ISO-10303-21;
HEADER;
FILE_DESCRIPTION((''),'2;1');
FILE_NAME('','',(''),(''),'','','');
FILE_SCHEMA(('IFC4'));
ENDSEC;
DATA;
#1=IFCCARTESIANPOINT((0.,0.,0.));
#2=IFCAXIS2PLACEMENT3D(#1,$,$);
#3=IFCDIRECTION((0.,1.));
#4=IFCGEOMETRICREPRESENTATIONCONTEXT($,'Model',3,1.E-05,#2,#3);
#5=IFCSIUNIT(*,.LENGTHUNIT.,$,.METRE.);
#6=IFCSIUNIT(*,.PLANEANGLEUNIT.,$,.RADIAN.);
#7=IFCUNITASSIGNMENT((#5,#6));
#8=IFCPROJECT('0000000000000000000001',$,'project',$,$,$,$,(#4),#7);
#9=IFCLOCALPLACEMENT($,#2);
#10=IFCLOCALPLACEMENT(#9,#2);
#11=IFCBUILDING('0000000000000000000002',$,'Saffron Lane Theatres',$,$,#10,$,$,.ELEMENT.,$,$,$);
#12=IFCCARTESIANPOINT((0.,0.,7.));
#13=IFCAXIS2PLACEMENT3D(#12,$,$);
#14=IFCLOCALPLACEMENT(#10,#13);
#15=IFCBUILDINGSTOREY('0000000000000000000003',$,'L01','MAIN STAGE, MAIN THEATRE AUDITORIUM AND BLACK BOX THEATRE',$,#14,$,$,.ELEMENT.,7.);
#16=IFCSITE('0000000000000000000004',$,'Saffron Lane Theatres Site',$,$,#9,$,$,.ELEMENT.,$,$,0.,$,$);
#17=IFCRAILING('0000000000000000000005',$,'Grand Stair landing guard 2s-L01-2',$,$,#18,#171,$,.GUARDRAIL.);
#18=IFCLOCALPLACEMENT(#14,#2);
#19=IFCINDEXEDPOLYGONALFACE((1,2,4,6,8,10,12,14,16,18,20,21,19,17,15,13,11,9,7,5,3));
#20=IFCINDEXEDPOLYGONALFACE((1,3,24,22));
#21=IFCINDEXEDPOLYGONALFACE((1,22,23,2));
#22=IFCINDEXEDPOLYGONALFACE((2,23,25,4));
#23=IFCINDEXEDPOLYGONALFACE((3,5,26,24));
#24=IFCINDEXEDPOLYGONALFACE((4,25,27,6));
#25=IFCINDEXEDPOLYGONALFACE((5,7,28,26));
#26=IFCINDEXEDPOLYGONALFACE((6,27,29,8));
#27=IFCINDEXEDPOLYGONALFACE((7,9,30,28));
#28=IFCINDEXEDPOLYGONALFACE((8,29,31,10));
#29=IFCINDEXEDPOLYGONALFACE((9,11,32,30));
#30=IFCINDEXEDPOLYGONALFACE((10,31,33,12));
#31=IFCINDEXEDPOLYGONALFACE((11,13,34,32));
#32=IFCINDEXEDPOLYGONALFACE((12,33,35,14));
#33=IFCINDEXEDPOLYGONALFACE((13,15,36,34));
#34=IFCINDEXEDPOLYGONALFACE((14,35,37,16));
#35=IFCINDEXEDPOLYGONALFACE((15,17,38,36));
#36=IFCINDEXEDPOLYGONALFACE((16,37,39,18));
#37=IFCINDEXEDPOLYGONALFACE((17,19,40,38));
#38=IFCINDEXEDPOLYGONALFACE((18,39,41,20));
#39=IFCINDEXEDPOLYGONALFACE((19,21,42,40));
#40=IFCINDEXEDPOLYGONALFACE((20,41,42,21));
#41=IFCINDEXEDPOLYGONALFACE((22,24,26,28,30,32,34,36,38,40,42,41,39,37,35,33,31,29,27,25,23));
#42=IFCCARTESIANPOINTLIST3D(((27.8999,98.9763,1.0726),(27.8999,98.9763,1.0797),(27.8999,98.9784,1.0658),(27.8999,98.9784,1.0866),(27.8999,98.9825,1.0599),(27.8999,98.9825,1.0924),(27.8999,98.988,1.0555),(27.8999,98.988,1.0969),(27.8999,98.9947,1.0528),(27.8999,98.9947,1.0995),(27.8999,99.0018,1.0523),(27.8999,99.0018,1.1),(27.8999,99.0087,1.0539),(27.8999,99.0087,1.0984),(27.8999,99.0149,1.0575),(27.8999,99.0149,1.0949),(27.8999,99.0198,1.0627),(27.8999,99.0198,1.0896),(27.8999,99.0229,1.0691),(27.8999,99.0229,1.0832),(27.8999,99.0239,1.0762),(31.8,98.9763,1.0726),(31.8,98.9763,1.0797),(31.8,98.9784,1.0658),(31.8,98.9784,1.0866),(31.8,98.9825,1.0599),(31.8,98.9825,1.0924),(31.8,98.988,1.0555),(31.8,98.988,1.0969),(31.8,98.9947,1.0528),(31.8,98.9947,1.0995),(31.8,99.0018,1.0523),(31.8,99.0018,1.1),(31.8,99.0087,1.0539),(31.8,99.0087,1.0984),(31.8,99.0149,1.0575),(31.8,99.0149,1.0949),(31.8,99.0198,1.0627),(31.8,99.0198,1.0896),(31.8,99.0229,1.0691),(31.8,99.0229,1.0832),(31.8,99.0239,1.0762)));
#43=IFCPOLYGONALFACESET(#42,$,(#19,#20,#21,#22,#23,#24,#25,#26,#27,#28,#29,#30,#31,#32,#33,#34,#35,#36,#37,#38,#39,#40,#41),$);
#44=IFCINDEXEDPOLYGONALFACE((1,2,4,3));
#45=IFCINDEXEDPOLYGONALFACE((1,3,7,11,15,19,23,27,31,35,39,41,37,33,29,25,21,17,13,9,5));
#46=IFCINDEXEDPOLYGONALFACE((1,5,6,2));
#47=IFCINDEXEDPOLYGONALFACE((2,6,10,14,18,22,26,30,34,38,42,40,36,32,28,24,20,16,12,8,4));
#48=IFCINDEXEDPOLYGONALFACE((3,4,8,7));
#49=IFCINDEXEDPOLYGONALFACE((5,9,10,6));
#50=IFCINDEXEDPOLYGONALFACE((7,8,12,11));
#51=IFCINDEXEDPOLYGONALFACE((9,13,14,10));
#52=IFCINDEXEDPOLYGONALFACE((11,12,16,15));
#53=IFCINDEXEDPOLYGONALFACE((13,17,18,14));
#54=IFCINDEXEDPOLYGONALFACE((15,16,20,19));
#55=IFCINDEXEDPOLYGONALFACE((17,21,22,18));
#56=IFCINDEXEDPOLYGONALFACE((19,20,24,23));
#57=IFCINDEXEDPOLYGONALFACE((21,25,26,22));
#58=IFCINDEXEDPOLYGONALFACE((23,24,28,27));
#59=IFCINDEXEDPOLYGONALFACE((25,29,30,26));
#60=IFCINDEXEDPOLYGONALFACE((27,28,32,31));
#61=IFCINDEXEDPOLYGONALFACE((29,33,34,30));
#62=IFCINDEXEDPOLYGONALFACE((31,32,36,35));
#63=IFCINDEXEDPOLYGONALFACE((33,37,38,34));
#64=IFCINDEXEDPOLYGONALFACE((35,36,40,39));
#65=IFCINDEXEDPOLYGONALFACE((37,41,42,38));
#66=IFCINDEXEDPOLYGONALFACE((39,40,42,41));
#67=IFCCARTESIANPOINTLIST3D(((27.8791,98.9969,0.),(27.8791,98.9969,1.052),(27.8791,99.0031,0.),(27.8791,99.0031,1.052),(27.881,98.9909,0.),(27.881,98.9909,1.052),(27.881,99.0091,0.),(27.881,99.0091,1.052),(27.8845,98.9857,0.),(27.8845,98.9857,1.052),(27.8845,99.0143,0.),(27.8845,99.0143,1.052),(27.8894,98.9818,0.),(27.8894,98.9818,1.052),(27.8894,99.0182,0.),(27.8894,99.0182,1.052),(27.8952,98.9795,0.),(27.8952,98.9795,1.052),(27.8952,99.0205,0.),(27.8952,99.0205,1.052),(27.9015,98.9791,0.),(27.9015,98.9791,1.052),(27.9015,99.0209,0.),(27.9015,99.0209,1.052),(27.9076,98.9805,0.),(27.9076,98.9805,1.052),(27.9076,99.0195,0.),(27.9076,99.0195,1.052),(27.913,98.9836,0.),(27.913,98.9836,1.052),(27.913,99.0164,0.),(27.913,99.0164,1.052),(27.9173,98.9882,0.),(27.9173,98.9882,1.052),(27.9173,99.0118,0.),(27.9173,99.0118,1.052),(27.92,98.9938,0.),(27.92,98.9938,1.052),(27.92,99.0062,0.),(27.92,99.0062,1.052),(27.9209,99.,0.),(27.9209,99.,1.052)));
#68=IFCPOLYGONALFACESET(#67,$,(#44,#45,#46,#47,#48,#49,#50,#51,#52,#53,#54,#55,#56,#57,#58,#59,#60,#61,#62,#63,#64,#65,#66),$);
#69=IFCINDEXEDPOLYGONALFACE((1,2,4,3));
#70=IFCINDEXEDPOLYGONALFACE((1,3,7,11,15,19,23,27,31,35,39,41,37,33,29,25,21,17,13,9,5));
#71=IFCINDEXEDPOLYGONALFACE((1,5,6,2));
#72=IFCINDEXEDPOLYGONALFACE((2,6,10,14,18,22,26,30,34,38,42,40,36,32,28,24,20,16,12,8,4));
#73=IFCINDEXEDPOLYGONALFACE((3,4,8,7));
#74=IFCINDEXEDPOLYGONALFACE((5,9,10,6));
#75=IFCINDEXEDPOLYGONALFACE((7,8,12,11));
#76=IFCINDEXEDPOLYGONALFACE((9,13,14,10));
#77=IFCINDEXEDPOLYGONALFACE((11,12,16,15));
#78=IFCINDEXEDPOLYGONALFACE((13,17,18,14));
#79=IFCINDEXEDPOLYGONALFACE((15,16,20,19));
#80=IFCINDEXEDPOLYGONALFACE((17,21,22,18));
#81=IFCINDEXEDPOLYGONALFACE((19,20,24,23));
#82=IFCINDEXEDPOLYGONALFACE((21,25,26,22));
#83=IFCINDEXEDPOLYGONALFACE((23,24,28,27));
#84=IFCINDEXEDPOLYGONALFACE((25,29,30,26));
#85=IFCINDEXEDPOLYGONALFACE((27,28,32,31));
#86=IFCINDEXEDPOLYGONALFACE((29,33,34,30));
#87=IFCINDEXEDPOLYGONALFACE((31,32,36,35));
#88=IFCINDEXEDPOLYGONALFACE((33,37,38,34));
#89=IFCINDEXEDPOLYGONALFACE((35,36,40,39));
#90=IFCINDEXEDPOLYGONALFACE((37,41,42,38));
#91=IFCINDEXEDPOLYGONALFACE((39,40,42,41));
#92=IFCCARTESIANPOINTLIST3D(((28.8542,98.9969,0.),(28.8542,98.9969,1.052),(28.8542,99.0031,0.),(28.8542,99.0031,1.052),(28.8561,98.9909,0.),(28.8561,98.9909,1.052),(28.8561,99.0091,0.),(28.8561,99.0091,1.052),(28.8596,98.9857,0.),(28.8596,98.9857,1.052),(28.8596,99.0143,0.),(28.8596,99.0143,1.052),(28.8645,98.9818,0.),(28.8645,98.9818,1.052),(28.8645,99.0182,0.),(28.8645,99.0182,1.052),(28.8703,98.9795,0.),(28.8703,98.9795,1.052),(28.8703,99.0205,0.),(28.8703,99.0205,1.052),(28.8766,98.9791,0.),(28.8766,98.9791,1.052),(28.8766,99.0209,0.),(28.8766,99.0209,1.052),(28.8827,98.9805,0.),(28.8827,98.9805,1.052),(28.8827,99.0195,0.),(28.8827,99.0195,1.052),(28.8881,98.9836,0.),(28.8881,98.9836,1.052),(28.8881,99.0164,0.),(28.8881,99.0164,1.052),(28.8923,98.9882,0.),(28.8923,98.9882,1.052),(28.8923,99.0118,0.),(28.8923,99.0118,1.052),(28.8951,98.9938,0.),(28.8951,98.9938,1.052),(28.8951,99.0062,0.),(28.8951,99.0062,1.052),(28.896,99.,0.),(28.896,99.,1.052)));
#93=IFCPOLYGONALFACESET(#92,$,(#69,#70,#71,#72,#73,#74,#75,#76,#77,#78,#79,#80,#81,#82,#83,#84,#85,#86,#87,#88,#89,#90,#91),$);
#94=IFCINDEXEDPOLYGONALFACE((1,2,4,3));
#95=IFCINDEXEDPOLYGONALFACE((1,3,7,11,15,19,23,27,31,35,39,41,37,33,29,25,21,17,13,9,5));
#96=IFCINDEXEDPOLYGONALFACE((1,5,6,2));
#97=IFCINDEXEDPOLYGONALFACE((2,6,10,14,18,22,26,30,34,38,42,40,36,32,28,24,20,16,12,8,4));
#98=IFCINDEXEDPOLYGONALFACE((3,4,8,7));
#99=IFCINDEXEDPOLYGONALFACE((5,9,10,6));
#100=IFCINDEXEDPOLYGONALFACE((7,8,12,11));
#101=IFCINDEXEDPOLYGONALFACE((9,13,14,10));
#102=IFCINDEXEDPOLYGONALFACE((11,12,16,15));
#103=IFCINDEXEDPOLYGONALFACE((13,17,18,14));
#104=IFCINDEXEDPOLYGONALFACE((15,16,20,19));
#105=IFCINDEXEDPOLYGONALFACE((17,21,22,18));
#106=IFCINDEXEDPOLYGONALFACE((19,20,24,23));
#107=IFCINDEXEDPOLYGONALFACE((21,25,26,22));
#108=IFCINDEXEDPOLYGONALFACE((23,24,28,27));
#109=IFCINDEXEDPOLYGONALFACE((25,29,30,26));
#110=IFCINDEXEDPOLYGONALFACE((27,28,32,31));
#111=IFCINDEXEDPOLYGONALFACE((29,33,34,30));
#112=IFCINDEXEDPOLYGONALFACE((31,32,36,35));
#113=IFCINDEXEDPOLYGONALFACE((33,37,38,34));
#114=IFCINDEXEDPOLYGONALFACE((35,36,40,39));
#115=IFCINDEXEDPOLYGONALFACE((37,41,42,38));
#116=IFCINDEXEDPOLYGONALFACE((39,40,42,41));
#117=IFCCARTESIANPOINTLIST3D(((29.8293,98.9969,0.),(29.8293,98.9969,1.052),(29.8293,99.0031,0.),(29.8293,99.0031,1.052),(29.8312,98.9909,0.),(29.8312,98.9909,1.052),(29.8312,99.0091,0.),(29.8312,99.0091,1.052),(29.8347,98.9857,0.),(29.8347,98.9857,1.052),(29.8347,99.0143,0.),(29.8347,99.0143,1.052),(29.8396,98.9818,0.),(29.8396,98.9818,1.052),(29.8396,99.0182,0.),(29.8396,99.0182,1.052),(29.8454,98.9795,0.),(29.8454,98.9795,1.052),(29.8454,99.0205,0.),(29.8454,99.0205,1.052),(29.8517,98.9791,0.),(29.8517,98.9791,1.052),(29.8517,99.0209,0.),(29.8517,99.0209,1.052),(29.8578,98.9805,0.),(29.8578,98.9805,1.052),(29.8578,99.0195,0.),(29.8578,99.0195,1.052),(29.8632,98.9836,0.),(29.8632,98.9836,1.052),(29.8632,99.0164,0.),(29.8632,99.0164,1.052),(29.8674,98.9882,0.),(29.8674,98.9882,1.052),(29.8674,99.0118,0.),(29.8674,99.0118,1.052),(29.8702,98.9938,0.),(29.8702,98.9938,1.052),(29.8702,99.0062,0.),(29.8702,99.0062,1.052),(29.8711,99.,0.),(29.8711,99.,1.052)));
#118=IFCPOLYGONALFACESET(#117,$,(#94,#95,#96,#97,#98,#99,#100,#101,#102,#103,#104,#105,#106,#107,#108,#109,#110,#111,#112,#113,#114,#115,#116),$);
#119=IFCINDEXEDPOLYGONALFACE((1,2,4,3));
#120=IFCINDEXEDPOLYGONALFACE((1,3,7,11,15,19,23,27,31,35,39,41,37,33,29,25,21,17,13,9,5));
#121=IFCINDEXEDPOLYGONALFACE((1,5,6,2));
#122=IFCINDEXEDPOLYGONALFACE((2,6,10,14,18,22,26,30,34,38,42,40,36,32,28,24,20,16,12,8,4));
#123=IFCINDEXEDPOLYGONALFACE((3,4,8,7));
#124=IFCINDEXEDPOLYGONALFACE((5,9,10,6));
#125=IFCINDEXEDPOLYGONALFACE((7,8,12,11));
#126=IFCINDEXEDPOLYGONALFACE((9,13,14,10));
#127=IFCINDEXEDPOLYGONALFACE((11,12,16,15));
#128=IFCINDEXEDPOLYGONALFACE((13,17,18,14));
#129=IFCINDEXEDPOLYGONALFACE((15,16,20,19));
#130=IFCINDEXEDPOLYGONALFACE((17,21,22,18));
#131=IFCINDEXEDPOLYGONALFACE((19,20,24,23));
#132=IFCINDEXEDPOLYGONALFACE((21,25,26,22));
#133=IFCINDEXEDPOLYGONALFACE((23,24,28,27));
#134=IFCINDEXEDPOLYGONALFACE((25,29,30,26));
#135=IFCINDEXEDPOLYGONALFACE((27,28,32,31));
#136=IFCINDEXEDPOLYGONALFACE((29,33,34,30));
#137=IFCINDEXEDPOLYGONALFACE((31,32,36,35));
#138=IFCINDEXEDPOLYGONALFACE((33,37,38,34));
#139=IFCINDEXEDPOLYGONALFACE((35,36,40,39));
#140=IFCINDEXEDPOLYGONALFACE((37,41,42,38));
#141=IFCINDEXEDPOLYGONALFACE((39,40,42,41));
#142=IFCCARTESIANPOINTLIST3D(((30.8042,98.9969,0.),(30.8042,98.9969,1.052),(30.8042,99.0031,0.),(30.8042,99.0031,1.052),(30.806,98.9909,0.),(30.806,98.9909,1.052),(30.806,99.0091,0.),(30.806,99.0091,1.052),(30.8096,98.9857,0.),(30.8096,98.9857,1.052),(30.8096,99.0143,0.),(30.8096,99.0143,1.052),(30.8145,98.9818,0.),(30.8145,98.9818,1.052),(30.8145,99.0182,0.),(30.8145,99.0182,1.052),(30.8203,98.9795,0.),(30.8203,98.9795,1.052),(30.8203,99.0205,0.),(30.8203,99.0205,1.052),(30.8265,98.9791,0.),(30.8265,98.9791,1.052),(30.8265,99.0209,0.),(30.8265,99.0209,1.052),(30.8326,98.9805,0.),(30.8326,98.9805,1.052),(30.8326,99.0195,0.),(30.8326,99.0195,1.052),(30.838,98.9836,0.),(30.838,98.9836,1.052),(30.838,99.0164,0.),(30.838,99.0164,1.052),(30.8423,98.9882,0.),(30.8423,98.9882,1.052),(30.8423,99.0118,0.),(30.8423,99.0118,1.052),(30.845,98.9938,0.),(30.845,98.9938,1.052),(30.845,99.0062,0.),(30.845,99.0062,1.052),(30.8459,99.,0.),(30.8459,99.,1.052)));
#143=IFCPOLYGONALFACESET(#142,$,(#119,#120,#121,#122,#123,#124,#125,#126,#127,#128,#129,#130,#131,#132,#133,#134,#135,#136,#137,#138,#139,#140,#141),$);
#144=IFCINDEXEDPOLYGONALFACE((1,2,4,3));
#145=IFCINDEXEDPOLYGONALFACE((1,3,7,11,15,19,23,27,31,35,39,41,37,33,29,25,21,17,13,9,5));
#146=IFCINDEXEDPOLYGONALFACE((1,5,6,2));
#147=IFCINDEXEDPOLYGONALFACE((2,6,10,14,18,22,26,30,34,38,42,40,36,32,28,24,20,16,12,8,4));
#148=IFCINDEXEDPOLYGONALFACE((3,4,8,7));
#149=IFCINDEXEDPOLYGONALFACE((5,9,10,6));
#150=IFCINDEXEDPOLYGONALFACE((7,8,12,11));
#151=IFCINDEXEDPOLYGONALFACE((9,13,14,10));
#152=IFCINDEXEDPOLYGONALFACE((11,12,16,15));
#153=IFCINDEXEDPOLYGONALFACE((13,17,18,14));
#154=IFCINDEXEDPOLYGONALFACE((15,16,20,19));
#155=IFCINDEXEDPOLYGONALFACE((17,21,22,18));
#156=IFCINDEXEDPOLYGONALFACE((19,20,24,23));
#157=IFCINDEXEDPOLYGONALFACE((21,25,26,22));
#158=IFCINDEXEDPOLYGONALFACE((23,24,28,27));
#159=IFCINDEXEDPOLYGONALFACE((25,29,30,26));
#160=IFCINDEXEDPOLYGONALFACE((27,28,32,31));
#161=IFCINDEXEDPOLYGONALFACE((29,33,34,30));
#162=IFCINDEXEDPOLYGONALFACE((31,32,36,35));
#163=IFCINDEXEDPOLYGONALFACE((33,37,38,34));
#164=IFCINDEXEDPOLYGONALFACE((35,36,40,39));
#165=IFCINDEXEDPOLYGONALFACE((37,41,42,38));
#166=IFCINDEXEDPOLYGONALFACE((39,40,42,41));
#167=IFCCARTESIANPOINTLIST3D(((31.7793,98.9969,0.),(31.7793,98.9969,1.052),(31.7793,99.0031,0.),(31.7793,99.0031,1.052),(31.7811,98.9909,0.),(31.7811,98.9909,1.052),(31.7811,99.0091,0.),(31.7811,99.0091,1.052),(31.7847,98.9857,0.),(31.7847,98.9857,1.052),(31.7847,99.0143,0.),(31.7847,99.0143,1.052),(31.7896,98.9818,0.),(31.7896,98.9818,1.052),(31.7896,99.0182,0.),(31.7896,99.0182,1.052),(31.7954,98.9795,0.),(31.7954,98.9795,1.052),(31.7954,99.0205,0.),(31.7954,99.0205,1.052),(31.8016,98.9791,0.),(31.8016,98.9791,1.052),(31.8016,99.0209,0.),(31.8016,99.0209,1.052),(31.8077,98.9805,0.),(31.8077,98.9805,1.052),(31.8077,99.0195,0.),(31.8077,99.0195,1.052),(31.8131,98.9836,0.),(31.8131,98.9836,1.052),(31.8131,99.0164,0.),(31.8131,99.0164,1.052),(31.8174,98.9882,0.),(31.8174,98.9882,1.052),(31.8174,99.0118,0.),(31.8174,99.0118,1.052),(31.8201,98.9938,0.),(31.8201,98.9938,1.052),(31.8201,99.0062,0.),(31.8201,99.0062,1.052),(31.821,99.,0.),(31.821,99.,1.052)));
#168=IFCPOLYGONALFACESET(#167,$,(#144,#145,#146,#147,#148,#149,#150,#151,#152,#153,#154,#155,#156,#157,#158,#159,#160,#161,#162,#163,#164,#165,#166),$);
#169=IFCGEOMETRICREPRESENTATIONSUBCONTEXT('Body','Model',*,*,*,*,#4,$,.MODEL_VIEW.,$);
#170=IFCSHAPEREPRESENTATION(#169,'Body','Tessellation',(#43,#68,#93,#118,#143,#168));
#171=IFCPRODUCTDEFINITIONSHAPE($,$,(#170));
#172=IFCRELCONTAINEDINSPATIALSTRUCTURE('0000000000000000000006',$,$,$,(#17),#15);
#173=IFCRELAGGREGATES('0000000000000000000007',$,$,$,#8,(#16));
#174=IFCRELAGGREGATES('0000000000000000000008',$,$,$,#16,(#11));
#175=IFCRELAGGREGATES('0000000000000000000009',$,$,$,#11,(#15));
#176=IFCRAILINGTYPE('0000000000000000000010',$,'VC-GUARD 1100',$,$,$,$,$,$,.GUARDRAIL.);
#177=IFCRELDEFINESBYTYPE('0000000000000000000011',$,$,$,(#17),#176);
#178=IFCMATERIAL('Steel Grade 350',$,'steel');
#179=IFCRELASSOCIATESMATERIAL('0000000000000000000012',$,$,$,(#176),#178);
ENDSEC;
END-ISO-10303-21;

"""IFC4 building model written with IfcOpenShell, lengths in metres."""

from ifc_helpers import new_model, si_unit, direction, frame, origin, origin_2d, place, context, subcontext, project, spatial, circle, extrude, material, type_object, element, save


model = new_model("IFC4")

# Units and contexts
model_context = context("Model", 3, precision=1e-05, world=origin(), true_north=direction((0.0, 1.0)))
body_context = subcontext(model_context, "Body", "Model", "MODEL_VIEW")
ifc_project = project(units=[si_unit("LENGTHUNIT", "METRE"), si_unit("PLANEANGLEUNIT", "RADIAN")], contexts=[model_context])

# Site, building, storey
site_placement = place(None, origin())
site = spatial("IfcSite", under=ifc_project, at=site_placement, Name="Saffron Lane Theatres Site", CompositionType="ELEMENT", RefElevation=0.0)
building_placement = place(site_placement, origin())
building = spatial("IfcBuilding", under=site, at=building_placement, Name="Saffron Lane Theatres", CompositionType="ELEMENT")
storey_placement = place(building_placement, frame((0.0, 0.0, 7.0)))
storey = spatial("IfcBuildingStorey", under=building, at=storey_placement, Name="L01", Description="MAIN STAGE, MAIN THEATRE AUDITORIUM AND BLACK BOX THEATRE", CompositionType="ELEMENT", Elevation=7.0)

# Railing
ifc_material_1 = material(Name="Steel Grade 350", Category="steel")
railing_type_1 = type_object("IfcRailingType", Name="VC-GUARD 1100", PredefinedType="GUARDRAIL", material=ifc_material_1)
for number, where, name in (
    (1, (27.8999, 99.0, 0.0), "Grand Stair landing guard 2s-L01-2"),
):
    element("IfcRailing", number, at=place(storey_placement, frame(where)), inside=storey, type_object=railing_type_1, Name=name, PredefinedType="GUARDRAIL", context=body_context, shape_type="SweptSolid", body=[
        extrude(circle(Radius=0.0239, at=origin_2d()), frame((0.0, 0.0, 1.0762), z_axis=(1.0, 0.0, 0.0), x_axis=(0.0, 1.0, 0.0)), (0.0, 0.0, 1.0), 3.9001),
        extrude(circle(Radius=0.021, at=origin_2d()), origin(), (0.0, 0.0, 1.0), 1.052),
        extrude(circle(Radius=0.021, at=origin_2d()), frame((0.9751, 0.0, 0.0)), (0.0, 0.0, 1.0), 1.052),
        extrude(circle(Radius=0.021, at=origin_2d()), frame((1.9502, 0.0, 0.0)), (0.0, 0.0, 1.0), 1.052),
        extrude(circle(Radius=0.021, at=origin_2d()), frame((2.925, 0.0, 0.0)), (0.0, 0.0, 1.0), 1.052),
        extrude(circle(Radius=0.021, at=origin_2d()), frame((3.9001, 0.0, 0.0)), (0.0, 0.0, 1.0), 1.052),
    ])

save(model, "model.ifc")
